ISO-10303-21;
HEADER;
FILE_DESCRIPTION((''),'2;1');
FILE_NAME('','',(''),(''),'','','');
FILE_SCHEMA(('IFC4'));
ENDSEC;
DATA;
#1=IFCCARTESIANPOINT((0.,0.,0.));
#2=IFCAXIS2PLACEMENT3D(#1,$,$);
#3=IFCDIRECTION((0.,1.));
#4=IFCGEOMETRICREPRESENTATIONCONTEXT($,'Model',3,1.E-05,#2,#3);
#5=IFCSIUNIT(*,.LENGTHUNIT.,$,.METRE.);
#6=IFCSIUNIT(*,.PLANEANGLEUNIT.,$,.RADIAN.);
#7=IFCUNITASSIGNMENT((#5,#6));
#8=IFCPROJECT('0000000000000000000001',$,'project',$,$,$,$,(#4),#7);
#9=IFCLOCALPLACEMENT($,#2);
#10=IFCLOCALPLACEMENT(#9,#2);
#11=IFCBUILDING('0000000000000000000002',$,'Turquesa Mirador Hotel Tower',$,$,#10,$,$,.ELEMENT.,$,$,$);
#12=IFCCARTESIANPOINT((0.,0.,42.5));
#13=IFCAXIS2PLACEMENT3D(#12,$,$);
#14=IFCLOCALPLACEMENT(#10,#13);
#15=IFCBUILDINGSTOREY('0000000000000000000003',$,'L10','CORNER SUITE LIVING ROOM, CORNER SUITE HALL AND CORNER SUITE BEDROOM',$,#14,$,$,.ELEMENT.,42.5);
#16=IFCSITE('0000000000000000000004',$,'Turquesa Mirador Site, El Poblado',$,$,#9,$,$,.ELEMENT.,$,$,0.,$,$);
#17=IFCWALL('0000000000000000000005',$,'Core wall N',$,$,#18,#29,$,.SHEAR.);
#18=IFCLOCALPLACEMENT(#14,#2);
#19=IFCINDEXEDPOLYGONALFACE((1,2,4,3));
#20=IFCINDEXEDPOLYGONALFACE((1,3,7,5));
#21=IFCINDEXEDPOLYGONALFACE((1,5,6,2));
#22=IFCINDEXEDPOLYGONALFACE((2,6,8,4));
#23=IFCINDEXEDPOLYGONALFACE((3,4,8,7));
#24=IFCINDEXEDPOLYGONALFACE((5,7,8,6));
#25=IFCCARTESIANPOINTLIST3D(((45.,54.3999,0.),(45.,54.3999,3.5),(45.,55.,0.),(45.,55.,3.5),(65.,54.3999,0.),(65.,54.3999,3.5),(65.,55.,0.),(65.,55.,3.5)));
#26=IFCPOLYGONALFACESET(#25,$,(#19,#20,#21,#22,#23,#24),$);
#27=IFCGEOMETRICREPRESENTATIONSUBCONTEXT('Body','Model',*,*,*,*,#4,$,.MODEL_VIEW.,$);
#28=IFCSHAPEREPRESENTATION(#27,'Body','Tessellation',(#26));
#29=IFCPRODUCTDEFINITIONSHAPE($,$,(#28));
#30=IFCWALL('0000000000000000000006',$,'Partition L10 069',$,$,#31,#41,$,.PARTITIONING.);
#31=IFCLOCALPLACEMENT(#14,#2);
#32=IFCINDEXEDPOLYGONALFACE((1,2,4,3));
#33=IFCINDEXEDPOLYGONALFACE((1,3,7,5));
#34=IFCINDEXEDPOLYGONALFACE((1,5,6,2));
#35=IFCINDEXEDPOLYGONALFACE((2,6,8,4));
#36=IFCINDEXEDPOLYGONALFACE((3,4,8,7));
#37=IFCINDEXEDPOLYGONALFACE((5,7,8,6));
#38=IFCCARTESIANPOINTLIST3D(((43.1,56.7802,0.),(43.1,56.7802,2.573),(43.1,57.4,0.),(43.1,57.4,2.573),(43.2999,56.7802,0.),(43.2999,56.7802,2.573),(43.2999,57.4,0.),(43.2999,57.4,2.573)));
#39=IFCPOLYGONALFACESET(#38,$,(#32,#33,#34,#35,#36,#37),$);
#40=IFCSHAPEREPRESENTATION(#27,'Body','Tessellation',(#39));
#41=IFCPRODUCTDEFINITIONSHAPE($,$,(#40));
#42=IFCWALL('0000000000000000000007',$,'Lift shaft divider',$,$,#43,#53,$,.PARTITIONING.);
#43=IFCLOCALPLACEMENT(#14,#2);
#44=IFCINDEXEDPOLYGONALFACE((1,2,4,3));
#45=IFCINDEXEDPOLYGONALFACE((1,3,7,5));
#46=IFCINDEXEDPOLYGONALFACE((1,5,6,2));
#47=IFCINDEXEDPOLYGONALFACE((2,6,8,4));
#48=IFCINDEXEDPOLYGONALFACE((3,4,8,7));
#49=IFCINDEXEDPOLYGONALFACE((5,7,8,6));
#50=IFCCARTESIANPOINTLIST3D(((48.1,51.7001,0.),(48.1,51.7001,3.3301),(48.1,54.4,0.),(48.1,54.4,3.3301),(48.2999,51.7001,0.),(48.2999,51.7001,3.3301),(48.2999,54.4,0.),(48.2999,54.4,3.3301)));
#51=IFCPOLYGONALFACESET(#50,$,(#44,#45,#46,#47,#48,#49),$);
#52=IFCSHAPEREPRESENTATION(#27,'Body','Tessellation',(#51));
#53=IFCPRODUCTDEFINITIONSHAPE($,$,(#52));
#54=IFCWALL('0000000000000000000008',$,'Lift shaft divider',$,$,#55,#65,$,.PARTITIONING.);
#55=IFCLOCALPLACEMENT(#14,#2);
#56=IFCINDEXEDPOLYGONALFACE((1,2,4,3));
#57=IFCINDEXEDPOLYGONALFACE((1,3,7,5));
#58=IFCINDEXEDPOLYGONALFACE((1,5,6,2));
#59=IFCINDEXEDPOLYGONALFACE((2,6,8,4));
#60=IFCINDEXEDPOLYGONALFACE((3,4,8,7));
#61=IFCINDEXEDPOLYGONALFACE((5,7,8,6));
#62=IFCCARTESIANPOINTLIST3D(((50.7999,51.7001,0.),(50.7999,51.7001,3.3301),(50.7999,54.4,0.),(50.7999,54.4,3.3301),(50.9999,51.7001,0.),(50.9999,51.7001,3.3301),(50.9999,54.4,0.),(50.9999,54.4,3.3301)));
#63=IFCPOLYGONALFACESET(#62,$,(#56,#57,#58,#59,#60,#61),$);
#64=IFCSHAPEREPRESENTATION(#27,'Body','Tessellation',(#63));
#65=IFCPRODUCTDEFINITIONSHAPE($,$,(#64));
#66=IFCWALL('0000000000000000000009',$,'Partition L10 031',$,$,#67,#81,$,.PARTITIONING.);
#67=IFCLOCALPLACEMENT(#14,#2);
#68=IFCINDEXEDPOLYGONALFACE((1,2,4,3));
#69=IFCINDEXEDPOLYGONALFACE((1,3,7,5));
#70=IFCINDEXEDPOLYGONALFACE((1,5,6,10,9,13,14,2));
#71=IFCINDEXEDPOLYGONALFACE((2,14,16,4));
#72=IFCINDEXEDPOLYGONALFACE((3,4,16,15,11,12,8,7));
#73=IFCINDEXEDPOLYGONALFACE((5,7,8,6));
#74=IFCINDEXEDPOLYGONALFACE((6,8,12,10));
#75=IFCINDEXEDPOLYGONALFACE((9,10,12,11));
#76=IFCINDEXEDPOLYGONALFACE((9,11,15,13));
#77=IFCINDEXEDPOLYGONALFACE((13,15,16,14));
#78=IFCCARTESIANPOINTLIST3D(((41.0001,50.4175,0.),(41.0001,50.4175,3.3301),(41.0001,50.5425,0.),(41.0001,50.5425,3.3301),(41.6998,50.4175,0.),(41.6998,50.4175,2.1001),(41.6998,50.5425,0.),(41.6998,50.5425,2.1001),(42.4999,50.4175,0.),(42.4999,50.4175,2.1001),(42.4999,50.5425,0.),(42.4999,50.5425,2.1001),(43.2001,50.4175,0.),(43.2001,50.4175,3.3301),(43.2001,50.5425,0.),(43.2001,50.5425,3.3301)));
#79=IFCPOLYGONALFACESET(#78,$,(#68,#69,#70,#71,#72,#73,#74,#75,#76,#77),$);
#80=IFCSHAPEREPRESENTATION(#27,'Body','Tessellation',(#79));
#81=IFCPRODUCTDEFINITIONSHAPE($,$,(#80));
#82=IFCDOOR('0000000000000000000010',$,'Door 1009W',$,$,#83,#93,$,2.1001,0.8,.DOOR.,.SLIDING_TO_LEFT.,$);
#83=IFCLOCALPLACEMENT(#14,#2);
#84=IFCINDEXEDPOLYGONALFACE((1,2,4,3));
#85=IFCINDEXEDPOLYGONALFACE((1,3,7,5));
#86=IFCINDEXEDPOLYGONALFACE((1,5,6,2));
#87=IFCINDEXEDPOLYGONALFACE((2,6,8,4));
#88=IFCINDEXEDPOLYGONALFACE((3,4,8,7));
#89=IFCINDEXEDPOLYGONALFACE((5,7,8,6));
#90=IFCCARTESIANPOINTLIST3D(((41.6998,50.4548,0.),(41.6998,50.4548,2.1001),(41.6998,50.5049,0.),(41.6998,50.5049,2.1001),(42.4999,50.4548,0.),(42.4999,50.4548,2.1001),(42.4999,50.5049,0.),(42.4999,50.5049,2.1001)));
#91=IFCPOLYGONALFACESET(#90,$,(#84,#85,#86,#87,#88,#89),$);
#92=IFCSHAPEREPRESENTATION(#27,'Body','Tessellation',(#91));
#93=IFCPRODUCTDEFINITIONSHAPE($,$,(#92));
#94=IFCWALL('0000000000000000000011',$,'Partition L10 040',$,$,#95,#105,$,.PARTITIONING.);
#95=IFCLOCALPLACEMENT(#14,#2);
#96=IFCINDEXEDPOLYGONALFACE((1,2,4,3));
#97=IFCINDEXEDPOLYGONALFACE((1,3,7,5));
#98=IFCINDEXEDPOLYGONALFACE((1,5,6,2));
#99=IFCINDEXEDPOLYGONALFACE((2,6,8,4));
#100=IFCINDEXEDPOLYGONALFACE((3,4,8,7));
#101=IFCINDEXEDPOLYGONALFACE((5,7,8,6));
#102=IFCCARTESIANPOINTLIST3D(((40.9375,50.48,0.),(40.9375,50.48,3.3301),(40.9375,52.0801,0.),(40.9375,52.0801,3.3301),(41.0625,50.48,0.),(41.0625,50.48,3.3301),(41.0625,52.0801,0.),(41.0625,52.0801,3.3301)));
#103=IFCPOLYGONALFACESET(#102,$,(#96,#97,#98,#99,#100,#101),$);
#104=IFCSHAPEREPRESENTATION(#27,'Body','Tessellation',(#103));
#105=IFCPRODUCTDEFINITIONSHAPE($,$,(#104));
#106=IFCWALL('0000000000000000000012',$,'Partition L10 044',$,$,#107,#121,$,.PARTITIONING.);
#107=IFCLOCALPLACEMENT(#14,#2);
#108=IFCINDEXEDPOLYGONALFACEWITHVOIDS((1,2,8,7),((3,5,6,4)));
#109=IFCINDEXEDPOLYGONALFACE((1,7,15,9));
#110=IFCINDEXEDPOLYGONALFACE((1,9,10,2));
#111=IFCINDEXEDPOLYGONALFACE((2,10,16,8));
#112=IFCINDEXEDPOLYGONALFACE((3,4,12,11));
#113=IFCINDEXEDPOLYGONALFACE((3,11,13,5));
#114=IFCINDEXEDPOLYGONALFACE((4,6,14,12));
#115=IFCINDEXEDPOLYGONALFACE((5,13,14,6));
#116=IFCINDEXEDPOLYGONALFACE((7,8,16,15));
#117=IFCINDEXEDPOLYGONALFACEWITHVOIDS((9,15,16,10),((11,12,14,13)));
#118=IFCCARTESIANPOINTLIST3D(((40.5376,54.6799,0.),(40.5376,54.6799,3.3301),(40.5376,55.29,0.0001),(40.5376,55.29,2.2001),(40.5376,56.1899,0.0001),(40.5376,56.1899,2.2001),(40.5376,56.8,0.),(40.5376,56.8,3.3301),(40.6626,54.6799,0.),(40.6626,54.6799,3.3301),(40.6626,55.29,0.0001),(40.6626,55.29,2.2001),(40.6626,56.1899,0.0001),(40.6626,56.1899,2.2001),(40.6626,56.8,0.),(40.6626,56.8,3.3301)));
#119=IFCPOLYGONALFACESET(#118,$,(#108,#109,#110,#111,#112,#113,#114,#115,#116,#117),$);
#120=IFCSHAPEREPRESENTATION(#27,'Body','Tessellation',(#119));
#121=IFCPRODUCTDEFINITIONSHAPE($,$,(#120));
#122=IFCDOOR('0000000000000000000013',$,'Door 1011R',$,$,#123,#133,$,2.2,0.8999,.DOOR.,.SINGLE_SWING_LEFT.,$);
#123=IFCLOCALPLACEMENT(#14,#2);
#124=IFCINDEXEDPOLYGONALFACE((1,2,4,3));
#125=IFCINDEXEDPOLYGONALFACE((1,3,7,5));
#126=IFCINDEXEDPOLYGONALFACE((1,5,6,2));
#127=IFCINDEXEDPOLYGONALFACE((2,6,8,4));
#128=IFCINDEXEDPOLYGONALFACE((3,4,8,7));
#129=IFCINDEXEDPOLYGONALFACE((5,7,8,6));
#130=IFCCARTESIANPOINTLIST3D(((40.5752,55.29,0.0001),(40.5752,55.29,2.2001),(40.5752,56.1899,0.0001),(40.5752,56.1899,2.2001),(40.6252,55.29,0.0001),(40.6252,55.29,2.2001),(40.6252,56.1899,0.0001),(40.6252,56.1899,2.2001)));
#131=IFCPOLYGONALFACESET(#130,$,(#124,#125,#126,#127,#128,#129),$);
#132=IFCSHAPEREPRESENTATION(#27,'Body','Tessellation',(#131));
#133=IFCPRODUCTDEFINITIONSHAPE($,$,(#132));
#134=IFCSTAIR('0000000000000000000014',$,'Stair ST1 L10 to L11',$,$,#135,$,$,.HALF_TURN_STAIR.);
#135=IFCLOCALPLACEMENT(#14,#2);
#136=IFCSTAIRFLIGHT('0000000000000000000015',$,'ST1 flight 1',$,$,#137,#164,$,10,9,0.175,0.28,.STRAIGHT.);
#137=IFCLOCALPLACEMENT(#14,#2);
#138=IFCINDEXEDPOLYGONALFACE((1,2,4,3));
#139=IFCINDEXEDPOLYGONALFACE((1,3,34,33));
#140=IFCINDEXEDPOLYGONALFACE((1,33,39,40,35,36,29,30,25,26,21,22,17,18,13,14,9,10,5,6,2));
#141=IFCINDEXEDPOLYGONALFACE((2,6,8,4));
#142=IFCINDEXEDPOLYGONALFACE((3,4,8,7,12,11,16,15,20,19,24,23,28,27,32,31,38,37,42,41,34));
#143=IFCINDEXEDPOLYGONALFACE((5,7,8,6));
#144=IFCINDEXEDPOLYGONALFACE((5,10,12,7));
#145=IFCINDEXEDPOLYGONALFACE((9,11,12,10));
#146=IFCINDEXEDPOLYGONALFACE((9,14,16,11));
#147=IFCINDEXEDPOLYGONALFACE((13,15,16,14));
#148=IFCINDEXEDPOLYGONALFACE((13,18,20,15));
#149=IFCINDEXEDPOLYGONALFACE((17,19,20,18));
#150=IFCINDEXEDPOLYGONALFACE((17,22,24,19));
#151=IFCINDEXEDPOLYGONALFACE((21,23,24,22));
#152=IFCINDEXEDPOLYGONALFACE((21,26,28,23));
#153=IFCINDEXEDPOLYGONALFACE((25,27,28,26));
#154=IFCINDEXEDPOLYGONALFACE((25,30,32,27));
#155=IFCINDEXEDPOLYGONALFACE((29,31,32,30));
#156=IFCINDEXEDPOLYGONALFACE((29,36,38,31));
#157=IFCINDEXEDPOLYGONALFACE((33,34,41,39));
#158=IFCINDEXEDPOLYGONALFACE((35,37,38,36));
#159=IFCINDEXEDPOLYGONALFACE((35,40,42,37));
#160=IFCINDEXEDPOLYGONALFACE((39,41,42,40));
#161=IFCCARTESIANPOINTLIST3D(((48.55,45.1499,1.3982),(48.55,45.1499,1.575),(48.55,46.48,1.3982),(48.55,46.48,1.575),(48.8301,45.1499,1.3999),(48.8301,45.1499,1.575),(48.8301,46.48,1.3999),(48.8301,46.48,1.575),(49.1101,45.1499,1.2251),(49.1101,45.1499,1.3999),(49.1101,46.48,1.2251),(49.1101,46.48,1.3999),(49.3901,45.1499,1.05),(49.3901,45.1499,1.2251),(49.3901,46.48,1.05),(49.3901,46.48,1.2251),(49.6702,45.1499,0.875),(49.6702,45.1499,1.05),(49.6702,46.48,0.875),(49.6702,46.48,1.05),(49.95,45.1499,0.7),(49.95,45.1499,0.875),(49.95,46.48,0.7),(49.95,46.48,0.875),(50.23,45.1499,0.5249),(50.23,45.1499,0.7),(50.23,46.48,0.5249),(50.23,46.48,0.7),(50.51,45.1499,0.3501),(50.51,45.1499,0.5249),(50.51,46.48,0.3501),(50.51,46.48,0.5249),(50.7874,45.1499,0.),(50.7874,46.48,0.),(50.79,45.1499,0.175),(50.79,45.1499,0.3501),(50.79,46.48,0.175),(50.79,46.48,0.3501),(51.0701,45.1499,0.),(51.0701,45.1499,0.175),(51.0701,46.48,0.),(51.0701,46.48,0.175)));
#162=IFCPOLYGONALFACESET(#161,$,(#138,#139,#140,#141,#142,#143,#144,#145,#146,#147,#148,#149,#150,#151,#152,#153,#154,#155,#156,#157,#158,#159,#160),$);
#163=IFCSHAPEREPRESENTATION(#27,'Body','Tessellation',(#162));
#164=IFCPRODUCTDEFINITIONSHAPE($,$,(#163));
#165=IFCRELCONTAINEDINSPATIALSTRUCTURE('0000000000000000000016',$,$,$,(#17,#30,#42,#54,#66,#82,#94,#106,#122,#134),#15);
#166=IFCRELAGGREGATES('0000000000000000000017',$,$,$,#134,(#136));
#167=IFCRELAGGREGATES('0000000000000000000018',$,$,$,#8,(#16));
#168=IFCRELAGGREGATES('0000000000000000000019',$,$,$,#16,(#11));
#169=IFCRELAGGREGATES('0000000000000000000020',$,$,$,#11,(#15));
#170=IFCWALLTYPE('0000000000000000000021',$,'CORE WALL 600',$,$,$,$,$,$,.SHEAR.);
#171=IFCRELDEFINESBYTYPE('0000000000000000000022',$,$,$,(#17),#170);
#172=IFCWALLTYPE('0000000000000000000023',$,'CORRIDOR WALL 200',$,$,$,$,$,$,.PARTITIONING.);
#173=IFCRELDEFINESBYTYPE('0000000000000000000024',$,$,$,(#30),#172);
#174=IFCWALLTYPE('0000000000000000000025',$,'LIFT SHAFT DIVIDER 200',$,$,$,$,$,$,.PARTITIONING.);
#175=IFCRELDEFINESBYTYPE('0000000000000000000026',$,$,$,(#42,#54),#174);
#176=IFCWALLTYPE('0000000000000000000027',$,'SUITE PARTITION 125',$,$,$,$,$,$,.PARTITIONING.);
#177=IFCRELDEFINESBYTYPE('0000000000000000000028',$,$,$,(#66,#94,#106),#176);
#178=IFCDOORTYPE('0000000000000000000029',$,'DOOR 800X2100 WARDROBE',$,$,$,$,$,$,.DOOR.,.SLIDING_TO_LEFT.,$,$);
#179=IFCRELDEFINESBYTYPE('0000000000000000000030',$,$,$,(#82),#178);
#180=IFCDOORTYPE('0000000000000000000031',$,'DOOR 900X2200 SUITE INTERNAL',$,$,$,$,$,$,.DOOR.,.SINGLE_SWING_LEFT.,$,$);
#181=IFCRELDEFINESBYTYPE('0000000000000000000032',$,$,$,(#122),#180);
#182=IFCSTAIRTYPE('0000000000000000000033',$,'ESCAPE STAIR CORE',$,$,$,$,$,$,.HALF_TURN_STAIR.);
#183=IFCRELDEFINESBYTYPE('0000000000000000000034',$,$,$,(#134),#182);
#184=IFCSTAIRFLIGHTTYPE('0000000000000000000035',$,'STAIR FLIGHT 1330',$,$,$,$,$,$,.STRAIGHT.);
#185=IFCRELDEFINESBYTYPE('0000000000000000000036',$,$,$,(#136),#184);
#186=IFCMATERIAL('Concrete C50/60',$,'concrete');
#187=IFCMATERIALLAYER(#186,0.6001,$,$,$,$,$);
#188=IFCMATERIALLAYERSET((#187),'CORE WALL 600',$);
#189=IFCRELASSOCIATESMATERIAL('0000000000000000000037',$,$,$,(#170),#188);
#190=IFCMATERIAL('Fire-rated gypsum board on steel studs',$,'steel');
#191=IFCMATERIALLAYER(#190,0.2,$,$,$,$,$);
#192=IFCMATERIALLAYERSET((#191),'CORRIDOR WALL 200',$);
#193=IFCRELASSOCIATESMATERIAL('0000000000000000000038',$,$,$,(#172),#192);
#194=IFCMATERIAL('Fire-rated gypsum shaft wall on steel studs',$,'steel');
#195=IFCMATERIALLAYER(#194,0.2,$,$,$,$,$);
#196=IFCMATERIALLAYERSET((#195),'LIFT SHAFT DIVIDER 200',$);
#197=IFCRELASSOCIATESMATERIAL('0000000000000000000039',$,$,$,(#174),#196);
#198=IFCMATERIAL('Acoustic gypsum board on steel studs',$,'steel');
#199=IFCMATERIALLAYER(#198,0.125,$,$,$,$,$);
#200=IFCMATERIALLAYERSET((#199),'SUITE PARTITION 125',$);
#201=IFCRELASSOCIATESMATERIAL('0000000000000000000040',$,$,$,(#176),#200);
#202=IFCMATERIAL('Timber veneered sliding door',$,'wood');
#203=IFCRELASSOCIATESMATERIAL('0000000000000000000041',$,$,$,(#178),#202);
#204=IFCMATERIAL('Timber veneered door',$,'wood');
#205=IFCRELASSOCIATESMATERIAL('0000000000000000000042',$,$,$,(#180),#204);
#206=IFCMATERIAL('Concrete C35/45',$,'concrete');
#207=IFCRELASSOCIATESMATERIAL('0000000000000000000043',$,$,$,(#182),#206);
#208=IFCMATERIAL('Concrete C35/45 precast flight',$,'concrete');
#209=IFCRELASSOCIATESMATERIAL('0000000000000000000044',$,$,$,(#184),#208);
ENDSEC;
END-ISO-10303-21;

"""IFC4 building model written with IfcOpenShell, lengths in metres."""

from ifc_helpers import new_model, si_unit, direction, frame, frame_2d, origin, place, context, subcontext, project, spatial, polyline, rectangle, outline, extrude, material, layer, layer_set, type_object, element, fill, aggregate, save


model = new_model("IFC4")

# Units and contexts
model_context = context("Model", 3, precision=1e-05, world=origin(), true_north=direction((0.0, 1.0)))
body_context = subcontext(model_context, "Body", "Model", "MODEL_VIEW")
ifc_project = project(units=[si_unit("LENGTHUNIT", "METRE"), si_unit("PLANEANGLEUNIT", "RADIAN")], contexts=[model_context])

# Site, building, storey
site_placement = place(None, origin())
site = spatial("IfcSite", under=ifc_project, at=site_placement, Name="Turquesa Mirador Site, El Poblado", CompositionType="ELEMENT", RefElevation=0.0)
building_placement = place(site_placement, origin())
building = spatial("IfcBuilding", under=site, at=building_placement, Name="Turquesa Mirador Hotel Tower", CompositionType="ELEMENT")
storey_placement = place(building_placement, frame((0.0, 0.0, 42.5)))
storey = spatial("IfcBuildingStorey", under=building, at=storey_placement, Name="L10", Description="CORNER SUITE LIVING ROOM, CORNER SUITE HALL AND CORNER SUITE BEDROOM", CompositionType="ELEMENT", Elevation=42.5)

# Walls
ifc_material_1 = material(Name="Concrete C50/60", Category="concrete")
ifc_layer_1 = layer(ifc_material_1, 0.6001)
ifc_layer_set_1 = layer_set([ifc_layer_1], Name="CORE WALL 600")
wall_type_1 = type_object("IfcWallType", Name="CORE WALL 600", PredefinedType="SHEAR", material=ifc_layer_set_1)
wall_1_placement = place(storey_placement, frame((45.0, 54.7, 0.0), z_axis=(0.0, 0.0, 1.0), x_axis=(1.0, 0.0, 0.0)))
element("IfcWall", 1, at=wall_1_placement, inside=storey, type_object=wall_type_1, Name="Core wall N", PredefinedType="SHEAR", context=body_context, shape_type="SweptSolid", body=[
    extrude(rectangle(XDim=20.0, YDim=0.6001, at=frame_2d((10.0, 0.0))), origin(), (0.0, 0.0, 1.0), 3.5),
])
ifc_material_2 = material(Name="Fire-rated gypsum board on steel studs", Category="steel")
ifc_layer_2 = layer(ifc_material_2, 0.2)
ifc_layer_set_2 = layer_set([ifc_layer_2], Name="CORRIDOR WALL 200")
wall_type_2 = type_object("IfcWallType", Name="CORRIDOR WALL 200", PredefinedType="PARTITIONING", material=ifc_layer_set_2)
wall_2_placement = place(storey_placement, frame((43.2, 56.78, 0.0), z_axis=(0.0, 0.0, 1.0), x_axis=(0.0, 1.0, 0.0)))
element("IfcWall", 2, at=wall_2_placement, inside=storey, type_object=wall_type_2, Name="Partition L10 069", PredefinedType="PARTITIONING", context=body_context, shape_type="SweptSolid", body=[
    extrude(rectangle(XDim=0.6199, YDim=0.2, at=frame_2d((0.3101, 0.0))), origin(), (0.0, 0.0, 1.0), 2.573),
])
ifc_material_3 = material(Name="Fire-rated gypsum shaft wall on steel studs", Category="steel")
ifc_layer_3 = layer(ifc_material_3, 0.2)
ifc_layer_set_3 = layer_set([ifc_layer_3], Name="LIFT SHAFT DIVIDER 200")
wall_type_3 = type_object("IfcWallType", Name="LIFT SHAFT DIVIDER 200", PredefinedType="PARTITIONING", material=ifc_layer_set_3)
for number, where, z_axis, x_axis, name in (
    (3, (48.2, 51.7, 0.0), (0.0, 0.0, 1.0), (0.0, 1.0, 0.0), "Lift shaft divider"),
    (4, (50.8999, 51.7, 0.0), (0.0, 0.0, 1.0), (0.0, 1.0, 0.0), "Lift shaft divider"),
):
    element("IfcWall", number, at=place(storey_placement, frame(where, z_axis=z_axis, x_axis=x_axis)), inside=storey, type_object=wall_type_3, Name=name, PredefinedType="PARTITIONING", context=body_context, shape_type="SweptSolid", body=[
        extrude(rectangle(XDim=2.7, YDim=0.2, at=frame_2d((1.3501, 0.0))), origin(), (0.0, 0.0, 1.0), 3.3301),
    ])

# Wall, opening, door
ifc_material_4 = material(Name="Acoustic gypsum board on steel studs", Category="steel")
ifc_layer_4 = layer(ifc_material_4, 0.125)
ifc_layer_set_4 = layer_set([ifc_layer_4], Name="SUITE PARTITION 125")
wall_type_4 = type_object("IfcWallType", Name="SUITE PARTITION 125", PredefinedType="PARTITIONING", material=ifc_layer_set_4)
wall_3_placement = place(storey_placement, frame((41.0, 50.48, 0.0), z_axis=(0.0, 0.0, 1.0), x_axis=(1.0, 0.0, 0.0)))
wall_3 = element("IfcWall", 5, at=wall_3_placement, inside=storey, type_object=wall_type_4, Name="Partition L10 031", PredefinedType="PARTITIONING", context=body_context, shape_type="SweptSolid", body=[
    extrude(rectangle(XDim=2.2, YDim=0.125, at=frame_2d((1.1001, 0.0))), origin(), (0.0, 0.0, 1.0), 3.3301),
])
opening_1_placement = place(wall_3_placement, frame((0.7, 0.0, 0.0)))
opening_1 = element("IfcOpeningElement", 6, at=opening_1_placement, cuts=wall_3, PredefinedType="OPENING", context=body_context, shape_type="SweptSolid", body=[
    extrude(rectangle(XDim=0.8, YDim=2.1001, at=frame_2d((0.3999, 1.05))), frame((0.0, 0.0725, 0.0), z_axis=(0.0, -1.0, 0.0), x_axis=(1.0, 0.0, 0.0)), (0.0, 0.0, 1.0), 0.145),
])
ifc_material_5 = material(Name="Timber veneered sliding door", Category="wood")
door_type_1 = type_object("IfcDoorType", Name="DOOR 800X2100 WARDROBE", OperationType="SLIDING_TO_LEFT", PredefinedType="DOOR", material=ifc_material_5)
door_1_placement = place(opening_1_placement, origin())
door_1 = element("IfcDoor", 7, at=door_1_placement, inside=storey, type_object=door_type_1, Name="Door 1009W", OperationType="SLIDING_TO_LEFT", OverallHeight=2.1001, OverallWidth=0.8, PredefinedType="DOOR", context=body_context, shape_type="SweptSolid", body=[
    extrude(rectangle(XDim=0.8, YDim=2.1001, at=frame_2d((0.3999, 1.05))), frame((0.0, 0.0249, 0.0), z_axis=(0.0, -1.0, 0.0), x_axis=(1.0, 0.0, 0.0)), (0.0, 0.0, 1.0), 0.05),
])
fill(opening_1, door_1)

# Wall
wall_4_placement = place(storey_placement, frame((41.0, 50.48, 0.0), z_axis=(0.0, 0.0, 1.0), x_axis=(0.0, 1.0, 0.0)))
element("IfcWall", 8, at=wall_4_placement, inside=storey, type_object=wall_type_4, Name="Partition L10 040", PredefinedType="PARTITIONING", context=body_context, shape_type="SweptSolid", body=[
    extrude(rectangle(XDim=1.6001, YDim=0.125, at=frame_2d((0.8, 0.0))), origin(), (0.0, 0.0, 1.0), 3.3301),
])

# Wall, opening, door
wall_5_placement = place(storey_placement, frame((40.6001, 54.6799, 0.0), z_axis=(0.0, 0.0, 1.0), x_axis=(0.0, 1.0, 0.0)))
wall_5 = element("IfcWall", 9, at=wall_5_placement, inside=storey, type_object=wall_type_4, Name="Partition L10 044", PredefinedType="PARTITIONING", context=body_context, shape_type="SweptSolid", body=[
    extrude(rectangle(XDim=2.1201, YDim=0.125, at=frame_2d((1.0601, 0.0))), origin(), (0.0, 0.0, 1.0), 3.3301),
])
opening_2_placement = place(wall_5_placement, frame((0.6101, 0.0, 0.0)))
opening_2 = element("IfcOpeningElement", 10, at=opening_2_placement, cuts=wall_5, PredefinedType="OPENING", context=body_context, shape_type="SweptSolid", body=[
    extrude(rectangle(XDim=0.8999, YDim=2.2, at=frame_2d((0.45, 1.1001))), frame((0.0, 0.0725, 0.0), z_axis=(0.0, -1.0, 0.0), x_axis=(1.0, 0.0, 0.0)), (0.0, 0.0, 1.0), 0.145),
])
ifc_material_6 = material(Name="Timber veneered door", Category="wood")
door_type_2 = type_object("IfcDoorType", Name="DOOR 900X2200 SUITE INTERNAL", OperationType="SINGLE_SWING_LEFT", PredefinedType="DOOR", material=ifc_material_6)
door_2_placement = place(opening_2_placement, origin())
door_2 = element("IfcDoor", 11, at=door_2_placement, inside=storey, type_object=door_type_2, Name="Door 1011R", OperationType="SINGLE_SWING_LEFT", OverallHeight=2.2, OverallWidth=0.8999, PredefinedType="DOOR", context=body_context, shape_type="SweptSolid", body=[
    extrude(rectangle(XDim=0.8999, YDim=2.2, at=frame_2d((0.45, 1.1001))), frame((0.0, 0.0249, 0.0), z_axis=(0.0, -1.0, 0.0), x_axis=(1.0, 0.0, 0.0)), (0.0, 0.0, 1.0), 0.05),
])
fill(opening_2, door_2)

# Stair, stair flight
ifc_material_7 = material(Name="Concrete C35/45", Category="concrete")
stair_type = type_object("IfcStairType", Name="ESCAPE STAIR CORE", PredefinedType="HALF_TURN_STAIR", material=ifc_material_7)
stair_1_placement = place(storey_placement, origin())
stair_1 = element("IfcStair", 12, at=stair_1_placement, inside=storey, type_object=stair_type, Name="Stair ST1 L10 to L11", PredefinedType="HALF_TURN_STAIR")
ifc_material_8 = material(Name="Concrete C35/45 precast flight", Category="concrete")
stair_flight_type = type_object("IfcStairFlightType", Name="STAIR FLIGHT 1330", PredefinedType="STRAIGHT", material=ifc_material_8)
stair_flight_1_placement = place(storey_placement, frame((51.0701, 45.8149, 0.0), z_axis=(0.0, 0.0, 1.0), x_axis=(-1.0, 0.0, 0.0)))
stair_flight_1 = element("IfcStairFlight", 13, at=stair_flight_1_placement, type_object=stair_flight_type, Name="ST1 flight 1", NumberOfRisers=10, NumberOfTreads=9, PredefinedType="STRAIGHT", RiserHeight=0.175, TreadLength=0.28, context=body_context, shape_type="SweptSolid", body=[
    extrude(outline(polyline([(0.0, 0.0), (0.0, 0.175), (0.28, 0.175), (0.28, 0.3501), (0.5601, 0.3501), (0.5601, 0.5249), (0.8401, 0.5249), (0.8401, 0.7), (1.1201, 0.7), (1.1201, 0.875), (1.3999, 0.875), (1.3999, 1.05), (1.6799, 1.05), (1.6799, 1.2251), (1.96, 1.2251), (1.96, 1.3999), (2.24, 1.3999), (2.24, 1.575), (2.52, 1.575), (2.52, 1.75), (2.52, 1.3982), (0.2827, 0.0), (0.0, 0.0)])), frame((0.0, 0.665, 0.0), z_axis=(0.0, -1.0, 0.0), x_axis=(1.0, 0.0, 0.0)), (0.0, 0.0, 1.0), 1.3301),
])
aggregate(stair_1, [stair_flight_1])

save(model, "model.ifc")
